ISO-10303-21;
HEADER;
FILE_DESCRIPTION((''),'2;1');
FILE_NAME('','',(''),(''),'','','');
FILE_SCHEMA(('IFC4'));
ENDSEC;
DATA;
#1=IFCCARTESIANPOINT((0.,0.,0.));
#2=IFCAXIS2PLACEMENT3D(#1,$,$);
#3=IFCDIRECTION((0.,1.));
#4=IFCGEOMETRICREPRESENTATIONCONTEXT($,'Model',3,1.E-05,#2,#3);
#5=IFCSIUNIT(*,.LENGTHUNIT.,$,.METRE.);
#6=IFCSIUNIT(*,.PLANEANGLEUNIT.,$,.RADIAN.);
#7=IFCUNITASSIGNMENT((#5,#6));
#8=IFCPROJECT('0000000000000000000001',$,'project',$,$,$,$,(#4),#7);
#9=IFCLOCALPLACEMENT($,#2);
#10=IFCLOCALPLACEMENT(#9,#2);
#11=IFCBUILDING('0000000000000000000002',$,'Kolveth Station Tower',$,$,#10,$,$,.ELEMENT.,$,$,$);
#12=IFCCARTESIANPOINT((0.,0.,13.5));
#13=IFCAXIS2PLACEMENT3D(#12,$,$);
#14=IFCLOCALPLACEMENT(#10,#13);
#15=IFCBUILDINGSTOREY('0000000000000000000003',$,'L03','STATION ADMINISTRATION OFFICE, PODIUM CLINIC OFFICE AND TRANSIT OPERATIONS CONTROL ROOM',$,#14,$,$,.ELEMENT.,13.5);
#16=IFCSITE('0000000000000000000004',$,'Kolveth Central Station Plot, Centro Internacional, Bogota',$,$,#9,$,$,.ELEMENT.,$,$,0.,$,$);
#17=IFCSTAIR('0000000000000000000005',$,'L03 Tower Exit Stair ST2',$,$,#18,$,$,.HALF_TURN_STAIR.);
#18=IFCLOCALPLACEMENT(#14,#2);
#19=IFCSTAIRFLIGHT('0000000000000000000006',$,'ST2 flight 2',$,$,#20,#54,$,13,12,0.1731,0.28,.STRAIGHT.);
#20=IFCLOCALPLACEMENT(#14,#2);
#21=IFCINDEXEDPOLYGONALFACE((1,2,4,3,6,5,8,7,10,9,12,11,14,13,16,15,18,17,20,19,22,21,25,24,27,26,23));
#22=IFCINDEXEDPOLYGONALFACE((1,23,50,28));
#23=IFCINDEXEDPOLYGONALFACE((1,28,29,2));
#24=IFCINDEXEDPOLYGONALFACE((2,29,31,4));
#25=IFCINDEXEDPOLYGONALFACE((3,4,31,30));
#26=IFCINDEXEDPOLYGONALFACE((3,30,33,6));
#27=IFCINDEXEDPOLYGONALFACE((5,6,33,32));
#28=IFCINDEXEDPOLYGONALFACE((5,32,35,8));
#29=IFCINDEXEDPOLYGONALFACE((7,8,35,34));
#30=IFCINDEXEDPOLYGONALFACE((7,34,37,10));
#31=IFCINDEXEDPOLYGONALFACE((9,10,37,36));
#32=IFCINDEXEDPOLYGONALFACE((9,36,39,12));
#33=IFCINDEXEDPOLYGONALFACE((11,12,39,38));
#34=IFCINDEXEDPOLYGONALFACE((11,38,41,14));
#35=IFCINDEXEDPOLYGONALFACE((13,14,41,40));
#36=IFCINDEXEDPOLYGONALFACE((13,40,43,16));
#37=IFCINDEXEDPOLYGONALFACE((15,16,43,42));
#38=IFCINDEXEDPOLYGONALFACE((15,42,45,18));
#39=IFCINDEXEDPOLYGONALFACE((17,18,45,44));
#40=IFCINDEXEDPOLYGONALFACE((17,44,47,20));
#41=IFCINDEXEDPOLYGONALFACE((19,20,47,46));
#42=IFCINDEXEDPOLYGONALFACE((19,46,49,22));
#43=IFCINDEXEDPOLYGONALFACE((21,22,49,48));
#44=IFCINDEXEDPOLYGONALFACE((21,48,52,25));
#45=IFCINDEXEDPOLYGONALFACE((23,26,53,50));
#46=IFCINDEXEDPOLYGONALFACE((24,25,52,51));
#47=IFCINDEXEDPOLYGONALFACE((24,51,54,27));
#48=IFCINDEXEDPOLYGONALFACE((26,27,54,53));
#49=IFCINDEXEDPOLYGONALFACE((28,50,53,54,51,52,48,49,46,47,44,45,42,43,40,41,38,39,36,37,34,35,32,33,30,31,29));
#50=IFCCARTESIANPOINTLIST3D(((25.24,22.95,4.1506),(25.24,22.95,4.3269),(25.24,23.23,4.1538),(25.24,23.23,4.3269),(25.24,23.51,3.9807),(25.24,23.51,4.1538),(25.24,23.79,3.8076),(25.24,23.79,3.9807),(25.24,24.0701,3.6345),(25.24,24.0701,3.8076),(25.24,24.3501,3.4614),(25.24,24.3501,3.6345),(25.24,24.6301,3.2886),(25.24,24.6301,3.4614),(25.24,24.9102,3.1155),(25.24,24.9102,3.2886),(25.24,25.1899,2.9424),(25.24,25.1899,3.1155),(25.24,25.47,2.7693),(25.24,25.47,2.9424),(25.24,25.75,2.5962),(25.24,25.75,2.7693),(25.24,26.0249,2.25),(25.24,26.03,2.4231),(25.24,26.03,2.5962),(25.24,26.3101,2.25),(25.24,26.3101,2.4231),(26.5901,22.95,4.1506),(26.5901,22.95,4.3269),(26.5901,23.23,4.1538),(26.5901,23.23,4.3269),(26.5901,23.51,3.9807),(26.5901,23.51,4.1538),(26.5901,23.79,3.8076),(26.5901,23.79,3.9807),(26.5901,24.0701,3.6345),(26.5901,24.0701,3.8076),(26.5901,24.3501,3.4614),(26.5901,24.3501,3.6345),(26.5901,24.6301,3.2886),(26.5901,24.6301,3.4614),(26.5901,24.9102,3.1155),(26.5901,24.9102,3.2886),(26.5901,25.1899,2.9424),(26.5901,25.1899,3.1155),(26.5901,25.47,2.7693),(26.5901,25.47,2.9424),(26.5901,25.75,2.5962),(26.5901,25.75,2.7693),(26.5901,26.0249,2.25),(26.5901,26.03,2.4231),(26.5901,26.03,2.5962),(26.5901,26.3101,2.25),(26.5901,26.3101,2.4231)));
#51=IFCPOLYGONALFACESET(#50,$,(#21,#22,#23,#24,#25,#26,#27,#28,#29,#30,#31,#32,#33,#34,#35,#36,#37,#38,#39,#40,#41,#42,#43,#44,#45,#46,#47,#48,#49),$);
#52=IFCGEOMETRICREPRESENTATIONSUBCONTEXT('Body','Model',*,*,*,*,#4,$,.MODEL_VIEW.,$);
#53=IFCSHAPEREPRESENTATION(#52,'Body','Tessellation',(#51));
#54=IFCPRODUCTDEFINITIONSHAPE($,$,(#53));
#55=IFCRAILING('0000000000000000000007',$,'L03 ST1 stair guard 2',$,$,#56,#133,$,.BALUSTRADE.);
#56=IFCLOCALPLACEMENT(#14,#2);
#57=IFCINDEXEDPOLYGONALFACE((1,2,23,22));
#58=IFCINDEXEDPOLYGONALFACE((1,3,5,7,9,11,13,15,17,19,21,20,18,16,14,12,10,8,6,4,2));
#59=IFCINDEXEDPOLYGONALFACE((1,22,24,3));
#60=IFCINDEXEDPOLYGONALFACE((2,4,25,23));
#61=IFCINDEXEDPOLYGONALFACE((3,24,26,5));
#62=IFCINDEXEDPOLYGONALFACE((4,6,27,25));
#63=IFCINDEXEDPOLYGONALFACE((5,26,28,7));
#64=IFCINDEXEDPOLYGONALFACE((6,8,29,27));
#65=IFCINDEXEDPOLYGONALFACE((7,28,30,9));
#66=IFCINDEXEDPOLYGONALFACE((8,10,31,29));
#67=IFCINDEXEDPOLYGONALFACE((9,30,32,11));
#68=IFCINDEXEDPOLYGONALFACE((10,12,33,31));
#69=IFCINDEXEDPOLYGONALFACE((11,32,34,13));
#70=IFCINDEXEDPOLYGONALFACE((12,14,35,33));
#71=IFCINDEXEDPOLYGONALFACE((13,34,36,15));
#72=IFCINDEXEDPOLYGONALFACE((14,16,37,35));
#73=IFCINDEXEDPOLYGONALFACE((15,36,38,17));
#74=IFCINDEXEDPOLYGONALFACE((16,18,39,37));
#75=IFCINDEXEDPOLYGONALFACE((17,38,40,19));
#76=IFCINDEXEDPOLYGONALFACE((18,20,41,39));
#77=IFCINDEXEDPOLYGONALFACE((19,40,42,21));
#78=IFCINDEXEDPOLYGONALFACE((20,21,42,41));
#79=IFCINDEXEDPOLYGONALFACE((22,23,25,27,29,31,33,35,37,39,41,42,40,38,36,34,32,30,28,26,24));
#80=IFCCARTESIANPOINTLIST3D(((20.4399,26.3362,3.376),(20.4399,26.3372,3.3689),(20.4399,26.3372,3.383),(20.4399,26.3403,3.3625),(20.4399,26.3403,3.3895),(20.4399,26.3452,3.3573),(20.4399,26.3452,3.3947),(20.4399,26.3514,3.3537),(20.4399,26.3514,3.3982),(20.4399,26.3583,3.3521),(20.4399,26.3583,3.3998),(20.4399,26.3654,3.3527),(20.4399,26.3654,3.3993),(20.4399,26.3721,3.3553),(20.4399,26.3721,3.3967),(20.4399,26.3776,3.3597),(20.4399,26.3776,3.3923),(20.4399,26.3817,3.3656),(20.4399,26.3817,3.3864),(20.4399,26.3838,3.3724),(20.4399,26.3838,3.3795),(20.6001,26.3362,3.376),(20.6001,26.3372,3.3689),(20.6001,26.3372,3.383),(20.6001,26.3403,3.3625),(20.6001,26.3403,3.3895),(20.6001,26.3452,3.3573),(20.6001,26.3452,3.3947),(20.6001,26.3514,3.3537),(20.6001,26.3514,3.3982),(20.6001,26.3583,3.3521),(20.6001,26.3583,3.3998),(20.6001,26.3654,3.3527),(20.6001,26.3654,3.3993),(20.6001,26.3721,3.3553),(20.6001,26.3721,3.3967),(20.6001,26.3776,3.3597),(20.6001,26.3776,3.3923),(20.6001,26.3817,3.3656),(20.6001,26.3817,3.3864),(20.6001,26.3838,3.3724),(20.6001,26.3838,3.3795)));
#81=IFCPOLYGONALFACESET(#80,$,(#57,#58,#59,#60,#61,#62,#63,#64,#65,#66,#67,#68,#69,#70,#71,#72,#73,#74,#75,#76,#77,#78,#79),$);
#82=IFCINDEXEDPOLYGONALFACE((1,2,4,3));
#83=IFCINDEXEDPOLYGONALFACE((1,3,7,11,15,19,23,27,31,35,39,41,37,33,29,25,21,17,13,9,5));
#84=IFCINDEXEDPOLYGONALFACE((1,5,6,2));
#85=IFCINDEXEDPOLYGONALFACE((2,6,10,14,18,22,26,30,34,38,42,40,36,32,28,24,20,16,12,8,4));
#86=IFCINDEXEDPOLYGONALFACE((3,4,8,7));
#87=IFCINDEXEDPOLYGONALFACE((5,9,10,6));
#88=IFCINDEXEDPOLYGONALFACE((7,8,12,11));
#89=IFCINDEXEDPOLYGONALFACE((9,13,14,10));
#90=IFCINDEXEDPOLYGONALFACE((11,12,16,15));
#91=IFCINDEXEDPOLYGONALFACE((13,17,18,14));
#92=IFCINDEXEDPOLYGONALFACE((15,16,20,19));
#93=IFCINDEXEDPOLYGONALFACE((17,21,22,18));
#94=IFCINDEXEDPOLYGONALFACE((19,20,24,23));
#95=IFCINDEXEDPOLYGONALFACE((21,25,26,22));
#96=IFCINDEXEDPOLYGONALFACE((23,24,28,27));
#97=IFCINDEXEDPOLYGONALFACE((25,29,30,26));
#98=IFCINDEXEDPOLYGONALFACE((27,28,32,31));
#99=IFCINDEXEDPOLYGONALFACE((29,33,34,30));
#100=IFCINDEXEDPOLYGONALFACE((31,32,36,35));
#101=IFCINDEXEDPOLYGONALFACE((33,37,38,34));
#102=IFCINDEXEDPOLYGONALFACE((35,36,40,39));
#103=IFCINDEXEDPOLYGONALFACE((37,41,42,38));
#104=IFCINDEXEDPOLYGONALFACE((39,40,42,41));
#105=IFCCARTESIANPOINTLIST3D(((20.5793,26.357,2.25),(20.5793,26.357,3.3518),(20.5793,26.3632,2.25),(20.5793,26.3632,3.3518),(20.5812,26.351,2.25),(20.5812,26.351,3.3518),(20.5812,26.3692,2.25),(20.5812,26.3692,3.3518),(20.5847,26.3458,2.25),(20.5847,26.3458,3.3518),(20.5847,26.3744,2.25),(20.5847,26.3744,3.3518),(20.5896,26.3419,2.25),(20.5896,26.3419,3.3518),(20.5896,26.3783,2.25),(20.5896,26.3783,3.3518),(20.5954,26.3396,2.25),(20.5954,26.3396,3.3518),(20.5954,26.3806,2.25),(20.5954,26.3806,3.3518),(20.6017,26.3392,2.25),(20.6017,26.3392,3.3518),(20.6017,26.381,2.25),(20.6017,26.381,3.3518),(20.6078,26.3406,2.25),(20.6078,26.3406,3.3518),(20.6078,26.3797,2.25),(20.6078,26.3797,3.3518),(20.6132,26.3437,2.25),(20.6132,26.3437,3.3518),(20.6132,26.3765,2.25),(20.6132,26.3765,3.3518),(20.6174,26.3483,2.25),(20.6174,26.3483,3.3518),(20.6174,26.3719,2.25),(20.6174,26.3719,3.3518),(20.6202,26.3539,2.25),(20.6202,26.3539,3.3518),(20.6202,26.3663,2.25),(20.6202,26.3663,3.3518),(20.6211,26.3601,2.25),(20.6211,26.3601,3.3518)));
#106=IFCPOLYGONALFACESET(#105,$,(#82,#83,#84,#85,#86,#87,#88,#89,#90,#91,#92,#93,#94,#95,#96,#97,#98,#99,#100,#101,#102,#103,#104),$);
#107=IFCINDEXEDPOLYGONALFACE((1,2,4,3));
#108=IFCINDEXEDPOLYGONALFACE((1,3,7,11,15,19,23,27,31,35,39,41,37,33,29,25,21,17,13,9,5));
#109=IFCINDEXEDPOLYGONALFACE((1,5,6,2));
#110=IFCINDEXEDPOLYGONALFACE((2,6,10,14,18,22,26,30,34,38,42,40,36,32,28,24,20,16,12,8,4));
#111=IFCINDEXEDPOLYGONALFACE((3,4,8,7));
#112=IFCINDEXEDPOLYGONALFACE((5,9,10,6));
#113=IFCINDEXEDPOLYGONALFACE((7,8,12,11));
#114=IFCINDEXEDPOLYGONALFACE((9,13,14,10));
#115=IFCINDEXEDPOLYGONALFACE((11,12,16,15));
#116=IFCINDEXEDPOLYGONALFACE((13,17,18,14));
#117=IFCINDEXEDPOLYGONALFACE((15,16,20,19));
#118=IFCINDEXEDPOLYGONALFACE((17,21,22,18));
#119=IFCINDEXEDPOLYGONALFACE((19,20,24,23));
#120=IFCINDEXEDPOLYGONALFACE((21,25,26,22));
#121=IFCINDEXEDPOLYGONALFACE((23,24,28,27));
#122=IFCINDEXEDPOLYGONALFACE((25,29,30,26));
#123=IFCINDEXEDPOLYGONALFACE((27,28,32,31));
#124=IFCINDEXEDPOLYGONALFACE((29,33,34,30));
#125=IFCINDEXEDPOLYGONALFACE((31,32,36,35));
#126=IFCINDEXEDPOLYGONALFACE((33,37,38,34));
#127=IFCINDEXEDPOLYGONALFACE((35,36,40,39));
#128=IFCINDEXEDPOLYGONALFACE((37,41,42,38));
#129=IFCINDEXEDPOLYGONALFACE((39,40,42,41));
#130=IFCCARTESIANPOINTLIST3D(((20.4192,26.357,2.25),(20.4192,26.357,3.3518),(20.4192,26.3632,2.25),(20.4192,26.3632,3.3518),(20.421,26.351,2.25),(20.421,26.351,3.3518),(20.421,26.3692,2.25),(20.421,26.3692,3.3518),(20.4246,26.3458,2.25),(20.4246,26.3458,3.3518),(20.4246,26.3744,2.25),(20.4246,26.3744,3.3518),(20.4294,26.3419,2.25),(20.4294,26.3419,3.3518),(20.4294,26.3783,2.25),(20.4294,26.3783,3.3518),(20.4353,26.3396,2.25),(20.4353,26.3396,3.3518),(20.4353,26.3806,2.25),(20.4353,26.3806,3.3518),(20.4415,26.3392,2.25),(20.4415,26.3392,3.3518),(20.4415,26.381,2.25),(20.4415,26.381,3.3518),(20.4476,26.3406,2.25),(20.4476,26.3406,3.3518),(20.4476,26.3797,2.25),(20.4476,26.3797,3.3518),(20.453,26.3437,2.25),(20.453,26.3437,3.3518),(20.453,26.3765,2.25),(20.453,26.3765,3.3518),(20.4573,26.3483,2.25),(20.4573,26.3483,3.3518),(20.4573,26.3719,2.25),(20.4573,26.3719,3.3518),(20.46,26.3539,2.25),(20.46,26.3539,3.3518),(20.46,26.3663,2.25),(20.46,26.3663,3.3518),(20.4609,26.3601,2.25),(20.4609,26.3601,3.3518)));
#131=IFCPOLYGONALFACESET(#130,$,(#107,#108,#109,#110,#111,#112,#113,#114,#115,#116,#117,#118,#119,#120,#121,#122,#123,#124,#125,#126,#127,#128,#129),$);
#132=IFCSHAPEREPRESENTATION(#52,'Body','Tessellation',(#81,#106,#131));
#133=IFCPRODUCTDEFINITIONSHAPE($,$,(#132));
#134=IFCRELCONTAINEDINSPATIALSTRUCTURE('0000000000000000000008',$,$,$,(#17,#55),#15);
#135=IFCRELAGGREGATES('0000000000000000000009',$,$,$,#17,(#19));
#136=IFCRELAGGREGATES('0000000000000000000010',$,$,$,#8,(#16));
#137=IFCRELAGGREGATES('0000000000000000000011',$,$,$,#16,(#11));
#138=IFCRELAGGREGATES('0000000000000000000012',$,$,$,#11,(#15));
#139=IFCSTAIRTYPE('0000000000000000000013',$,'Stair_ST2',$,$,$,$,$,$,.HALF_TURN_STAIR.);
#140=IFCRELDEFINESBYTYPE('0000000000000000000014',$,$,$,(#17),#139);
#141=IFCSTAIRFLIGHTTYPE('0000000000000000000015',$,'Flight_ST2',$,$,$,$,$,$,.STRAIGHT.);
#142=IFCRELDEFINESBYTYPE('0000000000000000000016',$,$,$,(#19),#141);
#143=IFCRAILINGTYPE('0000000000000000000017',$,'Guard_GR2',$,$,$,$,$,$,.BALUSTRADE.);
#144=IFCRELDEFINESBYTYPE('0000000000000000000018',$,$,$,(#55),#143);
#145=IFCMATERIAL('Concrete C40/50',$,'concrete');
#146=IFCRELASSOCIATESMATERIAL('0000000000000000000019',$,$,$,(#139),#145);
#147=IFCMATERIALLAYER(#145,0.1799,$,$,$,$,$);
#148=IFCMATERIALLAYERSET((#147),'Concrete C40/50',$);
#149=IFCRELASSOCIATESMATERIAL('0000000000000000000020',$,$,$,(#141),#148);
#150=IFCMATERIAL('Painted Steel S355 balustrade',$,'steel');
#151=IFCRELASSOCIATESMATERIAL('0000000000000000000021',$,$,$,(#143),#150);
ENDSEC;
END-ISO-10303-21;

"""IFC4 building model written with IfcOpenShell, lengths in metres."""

from ifc_helpers import new_model, si_unit, direction, frame, origin, origin_2d, place, context, subcontext, project, spatial, polyline, circle, outline, extrude, material, layer, layer_set, type_object, element, aggregate, save


model = new_model("IFC4")

# Units and contexts
model_context = context("Model", 3, precision=1e-05, world=origin(), true_north=direction((0.0, 1.0)))
body_context = subcontext(model_context, "Body", "Model", "MODEL_VIEW")
ifc_project = project(units=[si_unit("LENGTHUNIT", "METRE"), si_unit("PLANEANGLEUNIT", "RADIAN")], contexts=[model_context])

# Site, building, storey
site_placement = place(None, origin())
site = spatial("IfcSite", under=ifc_project, at=site_placement, Name="Kolveth Central Station Plot, Centro Internacional, Bogota", CompositionType="ELEMENT", RefElevation=0.0)
building_placement = place(site_placement, origin())
building = spatial("IfcBuilding", under=site, at=building_placement, Name="Kolveth Station Tower", CompositionType="ELEMENT")
storey_placement = place(building_placement, frame((0.0, 0.0, 13.5)))
storey = spatial("IfcBuildingStorey", under=building, at=storey_placement, Name="L03", Description="STATION ADMINISTRATION OFFICE, PODIUM CLINIC OFFICE AND TRANSIT OPERATIONS CONTROL ROOM", CompositionType="ELEMENT", Elevation=13.5)

# Stair, stair flight
ifc_material_1 = material(Name="Concrete C40/50", Category="concrete")
stair_type_1 = type_object("IfcStairType", Name="Stair_ST2", PredefinedType="HALF_TURN_STAIR", material=ifc_material_1)
stair_1_placement = place(storey_placement, origin())
stair_1 = element("IfcStair", 1, at=stair_1_placement, inside=storey, type_object=stair_type_1, Name="L03 Tower Exit Stair ST2", PredefinedType="HALF_TURN_STAIR")
ifc_layer_1 = layer(ifc_material_1, 0.1799)
ifc_layer_set_1 = layer_set([ifc_layer_1], Name="Concrete C40/50")
stair_flight_type_1 = type_object("IfcStairFlightType", Name="Flight_ST2", PredefinedType="STRAIGHT", material=ifc_layer_set_1)
stair_flight_1_placement = place(storey_placement, frame((25.915, 26.3101, 2.25), z_axis=(0.0, 0.0, 1.0), x_axis=(0.0, -1.0, 0.0)))
stair_flight_1 = element("IfcStairFlight", 2, at=stair_flight_1_placement, type_object=stair_flight_type_1, Name="ST2 flight 2", NumberOfRisers=13, NumberOfTreads=12, PredefinedType="STRAIGHT", RiserHeight=0.1731, TreadLength=0.28, context=body_context, shape_type="SweptSolid", body=[
    extrude(outline(polyline([(0.0, 0.0), (0.0, 0.1731), (0.28, 0.1731), (0.28, 0.3462), (0.5601, 0.3462), (0.5601, 0.5193), (0.8401, 0.5193), (0.8401, 0.6924), (1.1201, 0.6924), (1.1201, 0.8655), (1.3999, 0.8655), (1.3999, 1.0386), (1.6799, 1.0386), (1.6799, 1.2114), (1.96, 1.2114), (1.96, 1.3845), (2.24, 1.3845), (2.24, 1.5576), (2.52, 1.5576), (2.52, 1.7307), (2.8, 1.7307), (2.8, 1.9038), (3.0801, 1.9038), (3.0801, 2.0769), (3.3601, 2.0769), (3.3601, 2.25), (3.3601, 1.9006), (0.2852, 0.0), (0.0, 0.0)])), frame((0.0, 0.675, 0.0), z_axis=(0.0, -1.0, 0.0), x_axis=(1.0, 0.0, 0.0)), (0.0, 0.0, 1.0), 1.3501),
])
aggregate(stair_1, [stair_flight_1])

# Railing
ifc_material_2 = material(Name="Painted Steel S355 balustrade", Category="steel")
railing_type_1 = type_object("IfcRailingType", Name="Guard_GR2", PredefinedType="BALUSTRADE", material=ifc_material_2)
railing_1_placement = place(storey_placement, frame((20.6001, 26.3601, 2.25)))
element("IfcRailing", 3, at=railing_1_placement, inside=storey, type_object=railing_type_1, Name="L03 ST1 stair guard 2", PredefinedType="BALUSTRADE", context=body_context, shape_type="SweptSolid", body=[
    extrude(circle(Radius=0.0239, at=origin_2d()), frame((0.0, 0.0, 1.126), z_axis=(-1.0, 0.0, 0.0), x_axis=(0.0, -1.0, 0.0)), (0.0, 0.0, 1.0), 0.1602),
    extrude(circle(Radius=0.021, at=origin_2d()), origin(), (0.0, 0.0, 1.0), 1.1018),
    extrude(circle(Radius=0.021, at=origin_2d()), frame((-0.1602, 0.0, 0.0)), (0.0, 0.0, 1.0), 1.1018),
])

save(model, "model.ifc")
